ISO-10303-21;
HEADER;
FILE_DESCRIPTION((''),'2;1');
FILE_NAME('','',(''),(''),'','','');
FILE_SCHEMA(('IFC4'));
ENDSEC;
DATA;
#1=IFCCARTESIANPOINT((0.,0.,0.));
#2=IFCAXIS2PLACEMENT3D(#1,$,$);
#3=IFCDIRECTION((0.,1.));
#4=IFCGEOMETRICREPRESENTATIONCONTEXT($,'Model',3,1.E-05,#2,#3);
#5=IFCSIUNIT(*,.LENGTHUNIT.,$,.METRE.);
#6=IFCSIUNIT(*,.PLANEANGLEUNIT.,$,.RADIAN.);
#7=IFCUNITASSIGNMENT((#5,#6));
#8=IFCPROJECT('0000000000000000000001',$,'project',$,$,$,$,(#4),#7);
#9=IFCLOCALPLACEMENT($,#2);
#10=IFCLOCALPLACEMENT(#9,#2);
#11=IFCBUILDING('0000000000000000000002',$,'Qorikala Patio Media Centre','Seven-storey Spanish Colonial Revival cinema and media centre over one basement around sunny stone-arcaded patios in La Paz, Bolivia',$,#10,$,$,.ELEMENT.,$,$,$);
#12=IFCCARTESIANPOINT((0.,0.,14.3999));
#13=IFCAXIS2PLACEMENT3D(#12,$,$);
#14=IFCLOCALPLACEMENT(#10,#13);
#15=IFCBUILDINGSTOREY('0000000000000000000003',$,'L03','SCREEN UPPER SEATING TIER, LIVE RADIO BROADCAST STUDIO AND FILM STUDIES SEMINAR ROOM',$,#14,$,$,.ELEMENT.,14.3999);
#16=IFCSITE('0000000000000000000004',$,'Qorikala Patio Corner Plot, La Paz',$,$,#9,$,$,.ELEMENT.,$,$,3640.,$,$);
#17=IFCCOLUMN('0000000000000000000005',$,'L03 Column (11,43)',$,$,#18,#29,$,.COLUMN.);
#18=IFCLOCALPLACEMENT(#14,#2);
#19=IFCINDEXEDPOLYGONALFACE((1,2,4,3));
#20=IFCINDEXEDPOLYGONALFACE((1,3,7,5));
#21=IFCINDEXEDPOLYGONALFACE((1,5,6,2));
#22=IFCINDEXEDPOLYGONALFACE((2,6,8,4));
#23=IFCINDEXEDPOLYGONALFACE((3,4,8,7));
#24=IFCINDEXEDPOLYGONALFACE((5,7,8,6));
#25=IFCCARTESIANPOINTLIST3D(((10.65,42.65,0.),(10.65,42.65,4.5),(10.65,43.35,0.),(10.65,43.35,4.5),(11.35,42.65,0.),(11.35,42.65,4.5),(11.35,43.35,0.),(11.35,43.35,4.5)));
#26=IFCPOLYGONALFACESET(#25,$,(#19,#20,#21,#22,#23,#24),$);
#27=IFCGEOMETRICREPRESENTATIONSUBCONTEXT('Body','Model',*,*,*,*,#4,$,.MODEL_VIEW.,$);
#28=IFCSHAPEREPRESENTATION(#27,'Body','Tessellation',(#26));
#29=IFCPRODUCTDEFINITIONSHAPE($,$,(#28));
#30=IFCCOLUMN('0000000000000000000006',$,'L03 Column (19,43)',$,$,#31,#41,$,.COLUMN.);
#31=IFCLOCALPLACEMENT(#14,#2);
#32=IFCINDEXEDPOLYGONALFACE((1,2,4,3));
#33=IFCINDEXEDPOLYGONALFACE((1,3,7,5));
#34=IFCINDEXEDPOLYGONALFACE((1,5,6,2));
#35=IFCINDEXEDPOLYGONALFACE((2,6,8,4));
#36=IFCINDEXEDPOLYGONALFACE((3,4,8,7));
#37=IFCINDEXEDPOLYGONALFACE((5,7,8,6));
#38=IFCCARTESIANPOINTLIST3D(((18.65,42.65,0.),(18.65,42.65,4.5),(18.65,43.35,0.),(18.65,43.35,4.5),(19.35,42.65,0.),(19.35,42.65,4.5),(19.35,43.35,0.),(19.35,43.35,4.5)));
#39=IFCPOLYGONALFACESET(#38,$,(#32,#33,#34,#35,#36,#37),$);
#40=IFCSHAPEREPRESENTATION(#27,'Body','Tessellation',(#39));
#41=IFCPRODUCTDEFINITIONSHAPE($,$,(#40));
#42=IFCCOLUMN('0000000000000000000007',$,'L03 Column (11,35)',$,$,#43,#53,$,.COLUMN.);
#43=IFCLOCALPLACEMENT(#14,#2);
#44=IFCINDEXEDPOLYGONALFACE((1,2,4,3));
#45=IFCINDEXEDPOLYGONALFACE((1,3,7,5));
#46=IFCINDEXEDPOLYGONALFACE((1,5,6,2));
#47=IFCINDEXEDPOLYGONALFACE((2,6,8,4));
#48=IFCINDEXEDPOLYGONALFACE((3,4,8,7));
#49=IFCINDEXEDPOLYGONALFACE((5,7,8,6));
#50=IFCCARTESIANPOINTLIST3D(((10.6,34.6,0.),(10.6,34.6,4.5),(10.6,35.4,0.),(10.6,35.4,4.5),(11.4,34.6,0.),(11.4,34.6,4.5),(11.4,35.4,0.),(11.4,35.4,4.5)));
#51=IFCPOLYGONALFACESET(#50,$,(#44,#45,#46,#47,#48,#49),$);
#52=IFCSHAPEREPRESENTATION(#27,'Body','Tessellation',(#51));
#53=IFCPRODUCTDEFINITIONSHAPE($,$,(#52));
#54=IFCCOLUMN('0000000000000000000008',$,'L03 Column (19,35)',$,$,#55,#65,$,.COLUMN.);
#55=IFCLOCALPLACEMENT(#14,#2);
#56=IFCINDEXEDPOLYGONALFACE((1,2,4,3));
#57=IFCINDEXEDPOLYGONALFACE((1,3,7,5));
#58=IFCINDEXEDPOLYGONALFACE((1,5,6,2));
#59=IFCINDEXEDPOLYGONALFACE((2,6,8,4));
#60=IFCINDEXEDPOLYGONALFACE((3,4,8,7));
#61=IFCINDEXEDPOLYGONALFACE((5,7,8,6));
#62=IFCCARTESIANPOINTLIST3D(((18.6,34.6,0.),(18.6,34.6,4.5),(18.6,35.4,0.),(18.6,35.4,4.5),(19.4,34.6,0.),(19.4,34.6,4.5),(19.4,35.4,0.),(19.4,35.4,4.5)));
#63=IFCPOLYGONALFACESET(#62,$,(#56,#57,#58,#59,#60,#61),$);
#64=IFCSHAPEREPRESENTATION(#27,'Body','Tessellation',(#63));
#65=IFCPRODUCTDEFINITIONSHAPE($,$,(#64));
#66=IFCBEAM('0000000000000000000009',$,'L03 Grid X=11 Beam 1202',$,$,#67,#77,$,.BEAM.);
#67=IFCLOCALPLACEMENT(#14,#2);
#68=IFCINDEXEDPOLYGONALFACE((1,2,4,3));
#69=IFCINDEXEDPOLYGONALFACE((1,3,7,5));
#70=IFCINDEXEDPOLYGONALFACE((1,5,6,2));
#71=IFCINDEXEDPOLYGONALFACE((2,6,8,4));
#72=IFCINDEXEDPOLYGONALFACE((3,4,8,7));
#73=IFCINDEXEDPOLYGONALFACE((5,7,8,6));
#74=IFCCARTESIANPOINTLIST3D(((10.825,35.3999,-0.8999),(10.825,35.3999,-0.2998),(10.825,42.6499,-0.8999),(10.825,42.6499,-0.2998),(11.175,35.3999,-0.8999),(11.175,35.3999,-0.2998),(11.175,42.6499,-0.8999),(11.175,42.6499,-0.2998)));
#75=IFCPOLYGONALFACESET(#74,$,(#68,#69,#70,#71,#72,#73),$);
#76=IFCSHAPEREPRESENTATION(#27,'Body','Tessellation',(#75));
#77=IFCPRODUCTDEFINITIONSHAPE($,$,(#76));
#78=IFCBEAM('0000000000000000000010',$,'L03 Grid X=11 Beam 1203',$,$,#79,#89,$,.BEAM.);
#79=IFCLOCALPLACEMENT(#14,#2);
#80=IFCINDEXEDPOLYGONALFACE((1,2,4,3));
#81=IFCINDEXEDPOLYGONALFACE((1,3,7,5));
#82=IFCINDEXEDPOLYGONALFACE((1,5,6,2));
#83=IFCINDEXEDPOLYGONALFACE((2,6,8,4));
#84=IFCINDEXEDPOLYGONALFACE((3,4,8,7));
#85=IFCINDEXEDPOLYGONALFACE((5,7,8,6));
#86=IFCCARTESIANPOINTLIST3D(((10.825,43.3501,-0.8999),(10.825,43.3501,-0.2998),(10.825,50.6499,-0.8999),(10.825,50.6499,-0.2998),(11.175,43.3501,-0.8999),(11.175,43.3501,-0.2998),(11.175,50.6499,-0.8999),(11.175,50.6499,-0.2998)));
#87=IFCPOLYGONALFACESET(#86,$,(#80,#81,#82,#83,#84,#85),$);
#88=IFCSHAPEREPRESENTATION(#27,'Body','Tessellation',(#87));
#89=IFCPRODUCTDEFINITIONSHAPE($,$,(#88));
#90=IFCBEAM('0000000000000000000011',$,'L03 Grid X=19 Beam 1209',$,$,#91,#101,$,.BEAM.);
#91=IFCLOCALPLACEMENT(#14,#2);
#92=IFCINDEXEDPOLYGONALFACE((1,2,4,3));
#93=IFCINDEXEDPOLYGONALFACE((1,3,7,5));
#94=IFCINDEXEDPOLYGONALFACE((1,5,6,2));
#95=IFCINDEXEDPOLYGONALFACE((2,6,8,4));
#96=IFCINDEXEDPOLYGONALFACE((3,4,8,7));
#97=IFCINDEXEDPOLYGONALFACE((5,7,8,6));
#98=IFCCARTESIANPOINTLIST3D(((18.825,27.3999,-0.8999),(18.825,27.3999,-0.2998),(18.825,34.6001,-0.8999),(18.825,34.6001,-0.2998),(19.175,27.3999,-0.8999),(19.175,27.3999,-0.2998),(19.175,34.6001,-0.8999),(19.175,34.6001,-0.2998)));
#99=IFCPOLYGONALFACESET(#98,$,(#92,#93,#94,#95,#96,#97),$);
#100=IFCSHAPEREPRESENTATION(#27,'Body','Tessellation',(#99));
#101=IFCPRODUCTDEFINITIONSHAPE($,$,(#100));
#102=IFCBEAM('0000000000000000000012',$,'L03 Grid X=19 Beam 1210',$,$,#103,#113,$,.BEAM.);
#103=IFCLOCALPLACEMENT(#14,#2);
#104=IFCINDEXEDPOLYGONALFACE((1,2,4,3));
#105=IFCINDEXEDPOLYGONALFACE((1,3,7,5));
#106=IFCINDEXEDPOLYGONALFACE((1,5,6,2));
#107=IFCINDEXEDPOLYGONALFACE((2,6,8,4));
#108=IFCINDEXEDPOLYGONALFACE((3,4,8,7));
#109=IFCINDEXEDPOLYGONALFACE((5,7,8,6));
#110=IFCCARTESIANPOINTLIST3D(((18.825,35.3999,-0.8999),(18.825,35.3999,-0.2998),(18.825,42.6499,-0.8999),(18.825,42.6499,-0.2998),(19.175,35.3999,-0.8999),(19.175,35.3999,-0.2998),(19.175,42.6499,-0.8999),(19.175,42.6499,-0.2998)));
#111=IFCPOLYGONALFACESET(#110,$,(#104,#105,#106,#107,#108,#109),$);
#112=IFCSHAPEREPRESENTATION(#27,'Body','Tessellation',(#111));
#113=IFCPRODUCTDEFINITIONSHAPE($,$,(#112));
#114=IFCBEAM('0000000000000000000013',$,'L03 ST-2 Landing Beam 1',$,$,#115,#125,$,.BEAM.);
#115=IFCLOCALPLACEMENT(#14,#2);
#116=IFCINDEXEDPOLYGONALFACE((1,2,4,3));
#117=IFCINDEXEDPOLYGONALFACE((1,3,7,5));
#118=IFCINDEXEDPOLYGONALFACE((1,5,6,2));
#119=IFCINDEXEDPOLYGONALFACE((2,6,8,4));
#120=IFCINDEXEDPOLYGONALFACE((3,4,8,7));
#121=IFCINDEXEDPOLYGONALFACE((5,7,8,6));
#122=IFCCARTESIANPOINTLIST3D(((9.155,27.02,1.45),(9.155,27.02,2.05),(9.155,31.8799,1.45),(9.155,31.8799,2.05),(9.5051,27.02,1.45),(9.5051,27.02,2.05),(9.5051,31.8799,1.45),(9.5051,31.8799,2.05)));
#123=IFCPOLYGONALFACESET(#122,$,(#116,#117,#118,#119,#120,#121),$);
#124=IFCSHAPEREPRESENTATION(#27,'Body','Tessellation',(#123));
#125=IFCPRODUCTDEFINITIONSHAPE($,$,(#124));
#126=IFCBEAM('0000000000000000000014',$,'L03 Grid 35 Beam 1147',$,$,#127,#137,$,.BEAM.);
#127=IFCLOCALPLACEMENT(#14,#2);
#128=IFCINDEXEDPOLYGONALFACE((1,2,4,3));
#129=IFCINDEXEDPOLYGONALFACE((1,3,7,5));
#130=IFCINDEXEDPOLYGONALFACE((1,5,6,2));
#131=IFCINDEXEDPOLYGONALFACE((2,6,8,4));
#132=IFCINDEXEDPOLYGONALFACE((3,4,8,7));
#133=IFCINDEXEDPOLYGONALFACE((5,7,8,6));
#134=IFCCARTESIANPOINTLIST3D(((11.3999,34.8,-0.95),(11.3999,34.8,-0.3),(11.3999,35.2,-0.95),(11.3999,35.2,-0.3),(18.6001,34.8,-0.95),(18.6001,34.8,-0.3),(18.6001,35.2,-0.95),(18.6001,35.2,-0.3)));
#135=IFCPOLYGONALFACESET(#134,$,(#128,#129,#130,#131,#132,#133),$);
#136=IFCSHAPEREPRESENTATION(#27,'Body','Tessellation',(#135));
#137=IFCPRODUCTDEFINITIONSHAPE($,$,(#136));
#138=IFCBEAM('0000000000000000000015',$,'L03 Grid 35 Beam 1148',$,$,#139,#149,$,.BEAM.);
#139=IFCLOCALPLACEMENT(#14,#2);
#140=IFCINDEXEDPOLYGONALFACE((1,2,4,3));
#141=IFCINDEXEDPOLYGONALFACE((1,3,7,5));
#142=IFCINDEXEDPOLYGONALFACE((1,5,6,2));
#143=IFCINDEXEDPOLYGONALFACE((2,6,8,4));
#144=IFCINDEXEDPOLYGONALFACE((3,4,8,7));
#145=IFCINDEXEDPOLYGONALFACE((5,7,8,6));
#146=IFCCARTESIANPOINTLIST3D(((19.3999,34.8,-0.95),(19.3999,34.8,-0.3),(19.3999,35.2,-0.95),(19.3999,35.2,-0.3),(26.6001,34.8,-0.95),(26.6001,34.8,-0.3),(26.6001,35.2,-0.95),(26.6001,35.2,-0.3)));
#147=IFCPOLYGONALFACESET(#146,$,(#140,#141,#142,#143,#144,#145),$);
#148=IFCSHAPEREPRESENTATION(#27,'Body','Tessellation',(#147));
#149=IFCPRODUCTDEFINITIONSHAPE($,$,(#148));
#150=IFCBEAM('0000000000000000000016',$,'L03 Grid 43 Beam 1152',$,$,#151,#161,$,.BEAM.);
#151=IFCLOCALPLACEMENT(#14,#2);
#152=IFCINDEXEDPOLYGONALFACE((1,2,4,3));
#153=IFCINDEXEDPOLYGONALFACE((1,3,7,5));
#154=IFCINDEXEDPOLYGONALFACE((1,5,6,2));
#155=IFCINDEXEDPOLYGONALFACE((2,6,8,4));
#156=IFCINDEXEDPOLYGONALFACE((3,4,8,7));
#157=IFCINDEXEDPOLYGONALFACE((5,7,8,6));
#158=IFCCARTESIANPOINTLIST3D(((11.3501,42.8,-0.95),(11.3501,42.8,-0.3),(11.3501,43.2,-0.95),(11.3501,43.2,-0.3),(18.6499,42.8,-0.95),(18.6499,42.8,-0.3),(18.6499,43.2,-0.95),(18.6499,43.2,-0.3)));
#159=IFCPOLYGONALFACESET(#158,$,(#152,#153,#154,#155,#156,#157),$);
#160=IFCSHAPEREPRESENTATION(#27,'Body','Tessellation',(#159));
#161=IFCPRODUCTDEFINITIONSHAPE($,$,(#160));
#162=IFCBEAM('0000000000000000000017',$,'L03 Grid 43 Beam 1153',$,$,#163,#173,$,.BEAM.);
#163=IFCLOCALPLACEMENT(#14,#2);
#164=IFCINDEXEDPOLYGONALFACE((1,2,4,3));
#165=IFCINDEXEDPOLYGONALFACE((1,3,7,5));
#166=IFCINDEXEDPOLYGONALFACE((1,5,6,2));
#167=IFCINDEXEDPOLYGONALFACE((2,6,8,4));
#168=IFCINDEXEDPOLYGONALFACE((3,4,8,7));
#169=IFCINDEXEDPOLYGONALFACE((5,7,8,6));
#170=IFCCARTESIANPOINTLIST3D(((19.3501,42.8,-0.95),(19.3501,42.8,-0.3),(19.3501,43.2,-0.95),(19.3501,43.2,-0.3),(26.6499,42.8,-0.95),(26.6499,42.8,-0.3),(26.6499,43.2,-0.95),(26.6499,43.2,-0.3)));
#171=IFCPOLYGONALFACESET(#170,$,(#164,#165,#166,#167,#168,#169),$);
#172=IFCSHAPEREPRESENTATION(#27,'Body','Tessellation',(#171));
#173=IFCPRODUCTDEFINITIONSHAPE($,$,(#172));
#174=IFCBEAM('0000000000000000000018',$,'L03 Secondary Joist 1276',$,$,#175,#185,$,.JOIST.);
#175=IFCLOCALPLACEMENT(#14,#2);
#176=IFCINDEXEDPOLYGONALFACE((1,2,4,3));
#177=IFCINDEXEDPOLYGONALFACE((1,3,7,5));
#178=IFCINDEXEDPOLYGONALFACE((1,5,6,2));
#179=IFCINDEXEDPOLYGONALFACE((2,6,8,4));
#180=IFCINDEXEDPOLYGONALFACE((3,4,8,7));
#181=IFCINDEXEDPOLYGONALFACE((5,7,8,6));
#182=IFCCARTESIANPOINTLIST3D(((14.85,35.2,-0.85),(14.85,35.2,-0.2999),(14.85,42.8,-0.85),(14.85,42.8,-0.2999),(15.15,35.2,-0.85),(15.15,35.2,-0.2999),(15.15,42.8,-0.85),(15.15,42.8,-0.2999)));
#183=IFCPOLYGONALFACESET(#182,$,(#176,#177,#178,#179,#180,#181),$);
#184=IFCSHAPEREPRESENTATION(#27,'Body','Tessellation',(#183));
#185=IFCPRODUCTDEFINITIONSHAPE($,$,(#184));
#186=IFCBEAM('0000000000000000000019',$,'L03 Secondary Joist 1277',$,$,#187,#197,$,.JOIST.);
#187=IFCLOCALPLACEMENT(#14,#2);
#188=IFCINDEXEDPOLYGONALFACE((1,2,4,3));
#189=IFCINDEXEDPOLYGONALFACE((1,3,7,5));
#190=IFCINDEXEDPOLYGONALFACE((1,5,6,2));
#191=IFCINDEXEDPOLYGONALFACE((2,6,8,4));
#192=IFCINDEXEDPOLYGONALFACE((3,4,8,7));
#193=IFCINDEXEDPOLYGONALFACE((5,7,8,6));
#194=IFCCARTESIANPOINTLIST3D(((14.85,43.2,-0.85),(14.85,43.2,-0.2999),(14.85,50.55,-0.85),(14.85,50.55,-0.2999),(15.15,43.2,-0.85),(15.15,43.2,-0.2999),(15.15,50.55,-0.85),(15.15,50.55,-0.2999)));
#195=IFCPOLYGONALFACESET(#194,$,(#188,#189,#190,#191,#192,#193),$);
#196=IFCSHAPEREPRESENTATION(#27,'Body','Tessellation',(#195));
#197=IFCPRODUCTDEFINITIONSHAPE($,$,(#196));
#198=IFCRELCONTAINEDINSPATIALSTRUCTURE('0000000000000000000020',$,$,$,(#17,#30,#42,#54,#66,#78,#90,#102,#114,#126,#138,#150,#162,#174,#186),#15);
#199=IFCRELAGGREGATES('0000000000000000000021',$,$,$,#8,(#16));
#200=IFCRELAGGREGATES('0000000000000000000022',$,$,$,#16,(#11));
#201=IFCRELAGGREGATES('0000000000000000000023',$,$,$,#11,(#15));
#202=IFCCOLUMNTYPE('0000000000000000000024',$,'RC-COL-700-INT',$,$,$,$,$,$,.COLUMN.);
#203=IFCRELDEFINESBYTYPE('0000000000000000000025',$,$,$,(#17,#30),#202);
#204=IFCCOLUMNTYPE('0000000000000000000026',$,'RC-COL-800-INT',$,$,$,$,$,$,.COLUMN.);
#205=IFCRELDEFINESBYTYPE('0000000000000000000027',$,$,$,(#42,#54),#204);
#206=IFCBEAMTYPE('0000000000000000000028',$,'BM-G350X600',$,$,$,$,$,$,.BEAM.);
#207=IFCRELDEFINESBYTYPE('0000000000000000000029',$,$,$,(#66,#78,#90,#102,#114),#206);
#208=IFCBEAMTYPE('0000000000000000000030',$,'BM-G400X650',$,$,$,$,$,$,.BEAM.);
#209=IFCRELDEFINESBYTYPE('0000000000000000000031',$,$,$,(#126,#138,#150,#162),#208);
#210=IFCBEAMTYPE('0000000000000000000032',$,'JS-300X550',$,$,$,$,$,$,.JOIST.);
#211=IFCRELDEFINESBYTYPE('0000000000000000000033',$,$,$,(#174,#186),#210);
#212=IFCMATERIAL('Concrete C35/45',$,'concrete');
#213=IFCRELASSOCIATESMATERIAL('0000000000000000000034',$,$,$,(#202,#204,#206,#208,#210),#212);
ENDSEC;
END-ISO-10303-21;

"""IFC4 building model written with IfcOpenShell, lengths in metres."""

from ifc_helpers import new_model, si_unit, direction, frame, origin, origin_2d, place, context, subcontext, project, spatial, rectangle, extrude, material, material_profile, profile_set, type_object, element, save


model = new_model("IFC4")

# Units and contexts
model_context = context("Model", 3, precision=1e-05, world=origin(), true_north=direction((0.0, 1.0)))
body_context = subcontext(model_context, "Body", "Model", "MODEL_VIEW")
ifc_project = project(units=[si_unit("LENGTHUNIT", "METRE"), si_unit("PLANEANGLEUNIT", "RADIAN")], contexts=[model_context])

# Site, building, storey
site_placement = place(None, origin())
site = spatial("IfcSite", under=ifc_project, at=site_placement, Name="Qorikala Patio Corner Plot, La Paz", CompositionType="ELEMENT", RefElevation=3640.0)
building_placement = place(site_placement, origin())
building = spatial("IfcBuilding", under=site, at=building_placement, Name="Qorikala Patio Media Centre", Description="Seven-storey Spanish Colonial Revival cinema and media centre over one basement around sunny stone-arcaded patios in La Paz, Bolivia", CompositionType="ELEMENT")
storey_placement = place(building_placement, frame((0.0, 0.0, 14.3999)))
storey = spatial("IfcBuildingStorey", under=building, at=storey_placement, Name="L03", Description="SCREEN UPPER SEATING TIER, LIVE RADIO BROADCAST STUDIO AND FILM STUDIES SEMINAR ROOM", CompositionType="ELEMENT", Elevation=14.3999)

# Columns
ifc_material_1 = material(Name="Concrete C35/45", Category="concrete")
ifc_material_profile_1 = material_profile(ifc_material_1, rectangle(XDim=0.7, YDim=0.7, at=origin_2d()), Name="RC 700x700")
ifc_profile_set_1 = profile_set([ifc_material_profile_1], Name="Concrete C35/45")
column_type_1 = type_object("IfcColumnType", Name="RC-COL-700-INT", PredefinedType="COLUMN", material=ifc_profile_set_1)
for number, where, z_axis, x_axis, name in (
    (1, (11.0, 43.0, 0.0), (0.0, 0.0, 1.0), (1.0, 0.0, 0.0), "L03 Column (11,43)"),
    (2, (19.0, 43.0, 0.0), (0.0, 0.0, 1.0), (1.0, 0.0, 0.0), "L03 Column (19,43)"),
):
    element("IfcColumn", number, at=place(storey_placement, frame(where, z_axis=z_axis, x_axis=x_axis)), inside=storey, type_object=column_type_1, Name=name, PredefinedType="COLUMN", context=body_context, shape_type="SweptSolid", body=[
        extrude(rectangle(XDim=0.7, YDim=0.7, at=origin_2d()), origin(), (0.0, 0.0, 1.0), 4.5),
    ])
ifc_material_profile_2 = material_profile(ifc_material_1, rectangle(XDim=0.8, YDim=0.8, at=origin_2d()), Name="RC 800x800")
ifc_profile_set_2 = profile_set([ifc_material_profile_2], Name="Concrete C35/45")
column_type_2 = type_object("IfcColumnType", Name="RC-COL-800-INT", PredefinedType="COLUMN", material=ifc_profile_set_2)
for number, where, z_axis, x_axis, name in (
    (3, (11.0, 35.0, 0.0), (0.0, 0.0, 1.0), (1.0, 0.0, 0.0), "L03 Column (11,35)"),
    (4, (19.0, 35.0, 0.0), (0.0, 0.0, 1.0), (1.0, 0.0, 0.0), "L03 Column (19,35)"),
):
    element("IfcColumn", number, at=place(storey_placement, frame(where, z_axis=z_axis, x_axis=x_axis)), inside=storey, type_object=column_type_2, Name=name, PredefinedType="COLUMN", context=body_context, shape_type="SweptSolid", body=[
        extrude(rectangle(XDim=0.8, YDim=0.8, at=origin_2d()), origin(), (0.0, 0.0, 1.0), 4.5),
    ])

# Beams
ifc_material_profile_3 = material_profile(ifc_material_1, rectangle(XDim=0.3501, YDim=0.6001, at=origin_2d()), Name="RC 350x600")
ifc_profile_set_3 = profile_set([ifc_material_profile_3], Name="Concrete C35/45")
beam_type_1 = type_object("IfcBeamType", Name="BM-G350X600", PredefinedType="BEAM", material=ifc_profile_set_3)
beam_1_placement = place(storey_placement, frame((11.0, 35.3999, -0.5999), z_axis=(0.0, 1.0, 0.0), x_axis=(-1.0, 0.0, 0.0)))
element("IfcBeam", 5, at=beam_1_placement, inside=storey, type_object=beam_type_1, Name="L03 Grid X=11 Beam 1202", PredefinedType="BEAM", context=body_context, shape_type="SweptSolid", body=[
    extrude(rectangle(XDim=0.3501, YDim=0.6001, at=origin_2d()), origin(), (0.0, 0.0, 1.0), 7.25),
])
beam_2_placement = place(storey_placement, frame((11.0, 43.3501, -0.5999), z_axis=(0.0, 1.0, 0.0), x_axis=(-1.0, 0.0, 0.0)))
element("IfcBeam", 6, at=beam_2_placement, inside=storey, type_object=beam_type_1, Name="L03 Grid X=11 Beam 1203", PredefinedType="BEAM", context=body_context, shape_type="SweptSolid", body=[
    extrude(rectangle(XDim=0.3501, YDim=0.6001, at=origin_2d()), origin(), (0.0, 0.0, 1.0), 7.2998),
])
beam_3_placement = place(storey_placement, frame((19.0, 27.3999, -0.5999), z_axis=(0.0, 1.0, 0.0), x_axis=(-1.0, 0.0, 0.0)))
element("IfcBeam", 7, at=beam_3_placement, inside=storey, type_object=beam_type_1, Name="L03 Grid X=19 Beam 1209", PredefinedType="BEAM", context=body_context, shape_type="SweptSolid", body=[
    extrude(rectangle(XDim=0.3501, YDim=0.6001, at=origin_2d()), origin(), (0.0, 0.0, 1.0), 7.2002),
])
beam_4_placement = place(storey_placement, frame((19.0, 35.3999, -0.5999), z_axis=(0.0, 1.0, 0.0), x_axis=(-1.0, 0.0, 0.0)))
element("IfcBeam", 8, at=beam_4_placement, inside=storey, type_object=beam_type_1, Name="L03 Grid X=19 Beam 1210", PredefinedType="BEAM", context=body_context, shape_type="SweptSolid", body=[
    extrude(rectangle(XDim=0.3501, YDim=0.6001, at=origin_2d()), origin(), (0.0, 0.0, 1.0), 7.25),
])
beam_5_placement = place(storey_placement, frame((9.3301, 27.02, 1.75), z_axis=(0.0, 1.0, 0.0), x_axis=(-1.0, 0.0, 0.0)))
element("IfcBeam", 9, at=beam_5_placement, inside=storey, type_object=beam_type_1, Name="L03 ST-2 Landing Beam 1", PredefinedType="BEAM", context=body_context, shape_type="SweptSolid", body=[
    extrude(rectangle(XDim=0.3501, YDim=0.6001, at=origin_2d()), origin(), (0.0, 0.0, 1.0), 4.8599),
])
ifc_material_profile_4 = material_profile(ifc_material_1, rectangle(XDim=0.3999, YDim=0.6499, at=origin_2d()), Name="RC 400x650")
ifc_profile_set_4 = profile_set([ifc_material_profile_4], Name="Concrete C35/45")
beam_type_2 = type_object("IfcBeamType", Name="BM-G400X650", PredefinedType="BEAM", material=ifc_profile_set_4)
for number, where, z_axis, x_axis, name in (
    (10, (11.3999, 35.0, -0.625), (1.0, 0.0, 0.0), (0.0, 1.0, 0.0), "L03 Grid 35 Beam 1147"),
    (11, (19.3999, 35.0, -0.625), (1.0, 0.0, 0.0), (0.0, 1.0, 0.0), "L03 Grid 35 Beam 1148"),
):
    element("IfcBeam", number, at=place(storey_placement, frame(where, z_axis=z_axis, x_axis=x_axis)), inside=storey, type_object=beam_type_2, Name=name, PredefinedType="BEAM", context=body_context, shape_type="SweptSolid", body=[
        extrude(rectangle(XDim=0.3999, YDim=0.6499, at=origin_2d()), origin(), (0.0, 0.0, 1.0), 7.2002),
    ])
for number, where, z_axis, x_axis, name in (
    (12, (11.3501, 43.0, -0.625), (1.0, 0.0, 0.0), (0.0, 1.0, 0.0), "L03 Grid 43 Beam 1152"),
    (13, (19.3501, 43.0, -0.625), (1.0, 0.0, 0.0), (0.0, 1.0, 0.0), "L03 Grid 43 Beam 1153"),
):
    element("IfcBeam", number, at=place(storey_placement, frame(where, z_axis=z_axis, x_axis=x_axis)), inside=storey, type_object=beam_type_2, Name=name, PredefinedType="BEAM", context=body_context, shape_type="SweptSolid", body=[
        extrude(rectangle(XDim=0.3999, YDim=0.6499, at=origin_2d()), origin(), (0.0, 0.0, 1.0), 7.2998),
    ])
ifc_material_profile_5 = material_profile(ifc_material_1, rectangle(XDim=0.3, YDim=0.55, at=origin_2d()), Name="RC 300x550")
ifc_profile_set_5 = profile_set([ifc_material_profile_5], Name="Concrete C35/45")
beam_type_3 = type_object("IfcBeamType", Name="JS-300X550", PredefinedType="JOIST", material=ifc_profile_set_5)
beam_6_placement = place(storey_placement, frame((15.0, 35.2, -0.575), z_axis=(0.0, 1.0, 0.0), x_axis=(-1.0, 0.0, 0.0)))
element("IfcBeam", 14, at=beam_6_placement, inside=storey, type_object=beam_type_3, Name="L03 Secondary Joist 1276", PredefinedType="JOIST", context=body_context, shape_type="SweptSolid", body=[
    extrude(rectangle(XDim=0.3, YDim=0.55, at=origin_2d()), origin(), (0.0, 0.0, 1.0), 7.6001),
])
beam_7_placement = place(storey_placement, frame((15.0, 43.2, -0.575), z_axis=(0.0, 1.0, 0.0), x_axis=(-1.0, 0.0, 0.0)))
element("IfcBeam", 15, at=beam_7_placement, inside=storey, type_object=beam_type_3, Name="L03 Secondary Joist 1277", PredefinedType="JOIST", context=body_context, shape_type="SweptSolid", body=[
    extrude(rectangle(XDim=0.3, YDim=0.55, at=origin_2d()), origin(), (0.0, 0.0, 1.0), 7.3501),
])

save(model, "model.ifc")
